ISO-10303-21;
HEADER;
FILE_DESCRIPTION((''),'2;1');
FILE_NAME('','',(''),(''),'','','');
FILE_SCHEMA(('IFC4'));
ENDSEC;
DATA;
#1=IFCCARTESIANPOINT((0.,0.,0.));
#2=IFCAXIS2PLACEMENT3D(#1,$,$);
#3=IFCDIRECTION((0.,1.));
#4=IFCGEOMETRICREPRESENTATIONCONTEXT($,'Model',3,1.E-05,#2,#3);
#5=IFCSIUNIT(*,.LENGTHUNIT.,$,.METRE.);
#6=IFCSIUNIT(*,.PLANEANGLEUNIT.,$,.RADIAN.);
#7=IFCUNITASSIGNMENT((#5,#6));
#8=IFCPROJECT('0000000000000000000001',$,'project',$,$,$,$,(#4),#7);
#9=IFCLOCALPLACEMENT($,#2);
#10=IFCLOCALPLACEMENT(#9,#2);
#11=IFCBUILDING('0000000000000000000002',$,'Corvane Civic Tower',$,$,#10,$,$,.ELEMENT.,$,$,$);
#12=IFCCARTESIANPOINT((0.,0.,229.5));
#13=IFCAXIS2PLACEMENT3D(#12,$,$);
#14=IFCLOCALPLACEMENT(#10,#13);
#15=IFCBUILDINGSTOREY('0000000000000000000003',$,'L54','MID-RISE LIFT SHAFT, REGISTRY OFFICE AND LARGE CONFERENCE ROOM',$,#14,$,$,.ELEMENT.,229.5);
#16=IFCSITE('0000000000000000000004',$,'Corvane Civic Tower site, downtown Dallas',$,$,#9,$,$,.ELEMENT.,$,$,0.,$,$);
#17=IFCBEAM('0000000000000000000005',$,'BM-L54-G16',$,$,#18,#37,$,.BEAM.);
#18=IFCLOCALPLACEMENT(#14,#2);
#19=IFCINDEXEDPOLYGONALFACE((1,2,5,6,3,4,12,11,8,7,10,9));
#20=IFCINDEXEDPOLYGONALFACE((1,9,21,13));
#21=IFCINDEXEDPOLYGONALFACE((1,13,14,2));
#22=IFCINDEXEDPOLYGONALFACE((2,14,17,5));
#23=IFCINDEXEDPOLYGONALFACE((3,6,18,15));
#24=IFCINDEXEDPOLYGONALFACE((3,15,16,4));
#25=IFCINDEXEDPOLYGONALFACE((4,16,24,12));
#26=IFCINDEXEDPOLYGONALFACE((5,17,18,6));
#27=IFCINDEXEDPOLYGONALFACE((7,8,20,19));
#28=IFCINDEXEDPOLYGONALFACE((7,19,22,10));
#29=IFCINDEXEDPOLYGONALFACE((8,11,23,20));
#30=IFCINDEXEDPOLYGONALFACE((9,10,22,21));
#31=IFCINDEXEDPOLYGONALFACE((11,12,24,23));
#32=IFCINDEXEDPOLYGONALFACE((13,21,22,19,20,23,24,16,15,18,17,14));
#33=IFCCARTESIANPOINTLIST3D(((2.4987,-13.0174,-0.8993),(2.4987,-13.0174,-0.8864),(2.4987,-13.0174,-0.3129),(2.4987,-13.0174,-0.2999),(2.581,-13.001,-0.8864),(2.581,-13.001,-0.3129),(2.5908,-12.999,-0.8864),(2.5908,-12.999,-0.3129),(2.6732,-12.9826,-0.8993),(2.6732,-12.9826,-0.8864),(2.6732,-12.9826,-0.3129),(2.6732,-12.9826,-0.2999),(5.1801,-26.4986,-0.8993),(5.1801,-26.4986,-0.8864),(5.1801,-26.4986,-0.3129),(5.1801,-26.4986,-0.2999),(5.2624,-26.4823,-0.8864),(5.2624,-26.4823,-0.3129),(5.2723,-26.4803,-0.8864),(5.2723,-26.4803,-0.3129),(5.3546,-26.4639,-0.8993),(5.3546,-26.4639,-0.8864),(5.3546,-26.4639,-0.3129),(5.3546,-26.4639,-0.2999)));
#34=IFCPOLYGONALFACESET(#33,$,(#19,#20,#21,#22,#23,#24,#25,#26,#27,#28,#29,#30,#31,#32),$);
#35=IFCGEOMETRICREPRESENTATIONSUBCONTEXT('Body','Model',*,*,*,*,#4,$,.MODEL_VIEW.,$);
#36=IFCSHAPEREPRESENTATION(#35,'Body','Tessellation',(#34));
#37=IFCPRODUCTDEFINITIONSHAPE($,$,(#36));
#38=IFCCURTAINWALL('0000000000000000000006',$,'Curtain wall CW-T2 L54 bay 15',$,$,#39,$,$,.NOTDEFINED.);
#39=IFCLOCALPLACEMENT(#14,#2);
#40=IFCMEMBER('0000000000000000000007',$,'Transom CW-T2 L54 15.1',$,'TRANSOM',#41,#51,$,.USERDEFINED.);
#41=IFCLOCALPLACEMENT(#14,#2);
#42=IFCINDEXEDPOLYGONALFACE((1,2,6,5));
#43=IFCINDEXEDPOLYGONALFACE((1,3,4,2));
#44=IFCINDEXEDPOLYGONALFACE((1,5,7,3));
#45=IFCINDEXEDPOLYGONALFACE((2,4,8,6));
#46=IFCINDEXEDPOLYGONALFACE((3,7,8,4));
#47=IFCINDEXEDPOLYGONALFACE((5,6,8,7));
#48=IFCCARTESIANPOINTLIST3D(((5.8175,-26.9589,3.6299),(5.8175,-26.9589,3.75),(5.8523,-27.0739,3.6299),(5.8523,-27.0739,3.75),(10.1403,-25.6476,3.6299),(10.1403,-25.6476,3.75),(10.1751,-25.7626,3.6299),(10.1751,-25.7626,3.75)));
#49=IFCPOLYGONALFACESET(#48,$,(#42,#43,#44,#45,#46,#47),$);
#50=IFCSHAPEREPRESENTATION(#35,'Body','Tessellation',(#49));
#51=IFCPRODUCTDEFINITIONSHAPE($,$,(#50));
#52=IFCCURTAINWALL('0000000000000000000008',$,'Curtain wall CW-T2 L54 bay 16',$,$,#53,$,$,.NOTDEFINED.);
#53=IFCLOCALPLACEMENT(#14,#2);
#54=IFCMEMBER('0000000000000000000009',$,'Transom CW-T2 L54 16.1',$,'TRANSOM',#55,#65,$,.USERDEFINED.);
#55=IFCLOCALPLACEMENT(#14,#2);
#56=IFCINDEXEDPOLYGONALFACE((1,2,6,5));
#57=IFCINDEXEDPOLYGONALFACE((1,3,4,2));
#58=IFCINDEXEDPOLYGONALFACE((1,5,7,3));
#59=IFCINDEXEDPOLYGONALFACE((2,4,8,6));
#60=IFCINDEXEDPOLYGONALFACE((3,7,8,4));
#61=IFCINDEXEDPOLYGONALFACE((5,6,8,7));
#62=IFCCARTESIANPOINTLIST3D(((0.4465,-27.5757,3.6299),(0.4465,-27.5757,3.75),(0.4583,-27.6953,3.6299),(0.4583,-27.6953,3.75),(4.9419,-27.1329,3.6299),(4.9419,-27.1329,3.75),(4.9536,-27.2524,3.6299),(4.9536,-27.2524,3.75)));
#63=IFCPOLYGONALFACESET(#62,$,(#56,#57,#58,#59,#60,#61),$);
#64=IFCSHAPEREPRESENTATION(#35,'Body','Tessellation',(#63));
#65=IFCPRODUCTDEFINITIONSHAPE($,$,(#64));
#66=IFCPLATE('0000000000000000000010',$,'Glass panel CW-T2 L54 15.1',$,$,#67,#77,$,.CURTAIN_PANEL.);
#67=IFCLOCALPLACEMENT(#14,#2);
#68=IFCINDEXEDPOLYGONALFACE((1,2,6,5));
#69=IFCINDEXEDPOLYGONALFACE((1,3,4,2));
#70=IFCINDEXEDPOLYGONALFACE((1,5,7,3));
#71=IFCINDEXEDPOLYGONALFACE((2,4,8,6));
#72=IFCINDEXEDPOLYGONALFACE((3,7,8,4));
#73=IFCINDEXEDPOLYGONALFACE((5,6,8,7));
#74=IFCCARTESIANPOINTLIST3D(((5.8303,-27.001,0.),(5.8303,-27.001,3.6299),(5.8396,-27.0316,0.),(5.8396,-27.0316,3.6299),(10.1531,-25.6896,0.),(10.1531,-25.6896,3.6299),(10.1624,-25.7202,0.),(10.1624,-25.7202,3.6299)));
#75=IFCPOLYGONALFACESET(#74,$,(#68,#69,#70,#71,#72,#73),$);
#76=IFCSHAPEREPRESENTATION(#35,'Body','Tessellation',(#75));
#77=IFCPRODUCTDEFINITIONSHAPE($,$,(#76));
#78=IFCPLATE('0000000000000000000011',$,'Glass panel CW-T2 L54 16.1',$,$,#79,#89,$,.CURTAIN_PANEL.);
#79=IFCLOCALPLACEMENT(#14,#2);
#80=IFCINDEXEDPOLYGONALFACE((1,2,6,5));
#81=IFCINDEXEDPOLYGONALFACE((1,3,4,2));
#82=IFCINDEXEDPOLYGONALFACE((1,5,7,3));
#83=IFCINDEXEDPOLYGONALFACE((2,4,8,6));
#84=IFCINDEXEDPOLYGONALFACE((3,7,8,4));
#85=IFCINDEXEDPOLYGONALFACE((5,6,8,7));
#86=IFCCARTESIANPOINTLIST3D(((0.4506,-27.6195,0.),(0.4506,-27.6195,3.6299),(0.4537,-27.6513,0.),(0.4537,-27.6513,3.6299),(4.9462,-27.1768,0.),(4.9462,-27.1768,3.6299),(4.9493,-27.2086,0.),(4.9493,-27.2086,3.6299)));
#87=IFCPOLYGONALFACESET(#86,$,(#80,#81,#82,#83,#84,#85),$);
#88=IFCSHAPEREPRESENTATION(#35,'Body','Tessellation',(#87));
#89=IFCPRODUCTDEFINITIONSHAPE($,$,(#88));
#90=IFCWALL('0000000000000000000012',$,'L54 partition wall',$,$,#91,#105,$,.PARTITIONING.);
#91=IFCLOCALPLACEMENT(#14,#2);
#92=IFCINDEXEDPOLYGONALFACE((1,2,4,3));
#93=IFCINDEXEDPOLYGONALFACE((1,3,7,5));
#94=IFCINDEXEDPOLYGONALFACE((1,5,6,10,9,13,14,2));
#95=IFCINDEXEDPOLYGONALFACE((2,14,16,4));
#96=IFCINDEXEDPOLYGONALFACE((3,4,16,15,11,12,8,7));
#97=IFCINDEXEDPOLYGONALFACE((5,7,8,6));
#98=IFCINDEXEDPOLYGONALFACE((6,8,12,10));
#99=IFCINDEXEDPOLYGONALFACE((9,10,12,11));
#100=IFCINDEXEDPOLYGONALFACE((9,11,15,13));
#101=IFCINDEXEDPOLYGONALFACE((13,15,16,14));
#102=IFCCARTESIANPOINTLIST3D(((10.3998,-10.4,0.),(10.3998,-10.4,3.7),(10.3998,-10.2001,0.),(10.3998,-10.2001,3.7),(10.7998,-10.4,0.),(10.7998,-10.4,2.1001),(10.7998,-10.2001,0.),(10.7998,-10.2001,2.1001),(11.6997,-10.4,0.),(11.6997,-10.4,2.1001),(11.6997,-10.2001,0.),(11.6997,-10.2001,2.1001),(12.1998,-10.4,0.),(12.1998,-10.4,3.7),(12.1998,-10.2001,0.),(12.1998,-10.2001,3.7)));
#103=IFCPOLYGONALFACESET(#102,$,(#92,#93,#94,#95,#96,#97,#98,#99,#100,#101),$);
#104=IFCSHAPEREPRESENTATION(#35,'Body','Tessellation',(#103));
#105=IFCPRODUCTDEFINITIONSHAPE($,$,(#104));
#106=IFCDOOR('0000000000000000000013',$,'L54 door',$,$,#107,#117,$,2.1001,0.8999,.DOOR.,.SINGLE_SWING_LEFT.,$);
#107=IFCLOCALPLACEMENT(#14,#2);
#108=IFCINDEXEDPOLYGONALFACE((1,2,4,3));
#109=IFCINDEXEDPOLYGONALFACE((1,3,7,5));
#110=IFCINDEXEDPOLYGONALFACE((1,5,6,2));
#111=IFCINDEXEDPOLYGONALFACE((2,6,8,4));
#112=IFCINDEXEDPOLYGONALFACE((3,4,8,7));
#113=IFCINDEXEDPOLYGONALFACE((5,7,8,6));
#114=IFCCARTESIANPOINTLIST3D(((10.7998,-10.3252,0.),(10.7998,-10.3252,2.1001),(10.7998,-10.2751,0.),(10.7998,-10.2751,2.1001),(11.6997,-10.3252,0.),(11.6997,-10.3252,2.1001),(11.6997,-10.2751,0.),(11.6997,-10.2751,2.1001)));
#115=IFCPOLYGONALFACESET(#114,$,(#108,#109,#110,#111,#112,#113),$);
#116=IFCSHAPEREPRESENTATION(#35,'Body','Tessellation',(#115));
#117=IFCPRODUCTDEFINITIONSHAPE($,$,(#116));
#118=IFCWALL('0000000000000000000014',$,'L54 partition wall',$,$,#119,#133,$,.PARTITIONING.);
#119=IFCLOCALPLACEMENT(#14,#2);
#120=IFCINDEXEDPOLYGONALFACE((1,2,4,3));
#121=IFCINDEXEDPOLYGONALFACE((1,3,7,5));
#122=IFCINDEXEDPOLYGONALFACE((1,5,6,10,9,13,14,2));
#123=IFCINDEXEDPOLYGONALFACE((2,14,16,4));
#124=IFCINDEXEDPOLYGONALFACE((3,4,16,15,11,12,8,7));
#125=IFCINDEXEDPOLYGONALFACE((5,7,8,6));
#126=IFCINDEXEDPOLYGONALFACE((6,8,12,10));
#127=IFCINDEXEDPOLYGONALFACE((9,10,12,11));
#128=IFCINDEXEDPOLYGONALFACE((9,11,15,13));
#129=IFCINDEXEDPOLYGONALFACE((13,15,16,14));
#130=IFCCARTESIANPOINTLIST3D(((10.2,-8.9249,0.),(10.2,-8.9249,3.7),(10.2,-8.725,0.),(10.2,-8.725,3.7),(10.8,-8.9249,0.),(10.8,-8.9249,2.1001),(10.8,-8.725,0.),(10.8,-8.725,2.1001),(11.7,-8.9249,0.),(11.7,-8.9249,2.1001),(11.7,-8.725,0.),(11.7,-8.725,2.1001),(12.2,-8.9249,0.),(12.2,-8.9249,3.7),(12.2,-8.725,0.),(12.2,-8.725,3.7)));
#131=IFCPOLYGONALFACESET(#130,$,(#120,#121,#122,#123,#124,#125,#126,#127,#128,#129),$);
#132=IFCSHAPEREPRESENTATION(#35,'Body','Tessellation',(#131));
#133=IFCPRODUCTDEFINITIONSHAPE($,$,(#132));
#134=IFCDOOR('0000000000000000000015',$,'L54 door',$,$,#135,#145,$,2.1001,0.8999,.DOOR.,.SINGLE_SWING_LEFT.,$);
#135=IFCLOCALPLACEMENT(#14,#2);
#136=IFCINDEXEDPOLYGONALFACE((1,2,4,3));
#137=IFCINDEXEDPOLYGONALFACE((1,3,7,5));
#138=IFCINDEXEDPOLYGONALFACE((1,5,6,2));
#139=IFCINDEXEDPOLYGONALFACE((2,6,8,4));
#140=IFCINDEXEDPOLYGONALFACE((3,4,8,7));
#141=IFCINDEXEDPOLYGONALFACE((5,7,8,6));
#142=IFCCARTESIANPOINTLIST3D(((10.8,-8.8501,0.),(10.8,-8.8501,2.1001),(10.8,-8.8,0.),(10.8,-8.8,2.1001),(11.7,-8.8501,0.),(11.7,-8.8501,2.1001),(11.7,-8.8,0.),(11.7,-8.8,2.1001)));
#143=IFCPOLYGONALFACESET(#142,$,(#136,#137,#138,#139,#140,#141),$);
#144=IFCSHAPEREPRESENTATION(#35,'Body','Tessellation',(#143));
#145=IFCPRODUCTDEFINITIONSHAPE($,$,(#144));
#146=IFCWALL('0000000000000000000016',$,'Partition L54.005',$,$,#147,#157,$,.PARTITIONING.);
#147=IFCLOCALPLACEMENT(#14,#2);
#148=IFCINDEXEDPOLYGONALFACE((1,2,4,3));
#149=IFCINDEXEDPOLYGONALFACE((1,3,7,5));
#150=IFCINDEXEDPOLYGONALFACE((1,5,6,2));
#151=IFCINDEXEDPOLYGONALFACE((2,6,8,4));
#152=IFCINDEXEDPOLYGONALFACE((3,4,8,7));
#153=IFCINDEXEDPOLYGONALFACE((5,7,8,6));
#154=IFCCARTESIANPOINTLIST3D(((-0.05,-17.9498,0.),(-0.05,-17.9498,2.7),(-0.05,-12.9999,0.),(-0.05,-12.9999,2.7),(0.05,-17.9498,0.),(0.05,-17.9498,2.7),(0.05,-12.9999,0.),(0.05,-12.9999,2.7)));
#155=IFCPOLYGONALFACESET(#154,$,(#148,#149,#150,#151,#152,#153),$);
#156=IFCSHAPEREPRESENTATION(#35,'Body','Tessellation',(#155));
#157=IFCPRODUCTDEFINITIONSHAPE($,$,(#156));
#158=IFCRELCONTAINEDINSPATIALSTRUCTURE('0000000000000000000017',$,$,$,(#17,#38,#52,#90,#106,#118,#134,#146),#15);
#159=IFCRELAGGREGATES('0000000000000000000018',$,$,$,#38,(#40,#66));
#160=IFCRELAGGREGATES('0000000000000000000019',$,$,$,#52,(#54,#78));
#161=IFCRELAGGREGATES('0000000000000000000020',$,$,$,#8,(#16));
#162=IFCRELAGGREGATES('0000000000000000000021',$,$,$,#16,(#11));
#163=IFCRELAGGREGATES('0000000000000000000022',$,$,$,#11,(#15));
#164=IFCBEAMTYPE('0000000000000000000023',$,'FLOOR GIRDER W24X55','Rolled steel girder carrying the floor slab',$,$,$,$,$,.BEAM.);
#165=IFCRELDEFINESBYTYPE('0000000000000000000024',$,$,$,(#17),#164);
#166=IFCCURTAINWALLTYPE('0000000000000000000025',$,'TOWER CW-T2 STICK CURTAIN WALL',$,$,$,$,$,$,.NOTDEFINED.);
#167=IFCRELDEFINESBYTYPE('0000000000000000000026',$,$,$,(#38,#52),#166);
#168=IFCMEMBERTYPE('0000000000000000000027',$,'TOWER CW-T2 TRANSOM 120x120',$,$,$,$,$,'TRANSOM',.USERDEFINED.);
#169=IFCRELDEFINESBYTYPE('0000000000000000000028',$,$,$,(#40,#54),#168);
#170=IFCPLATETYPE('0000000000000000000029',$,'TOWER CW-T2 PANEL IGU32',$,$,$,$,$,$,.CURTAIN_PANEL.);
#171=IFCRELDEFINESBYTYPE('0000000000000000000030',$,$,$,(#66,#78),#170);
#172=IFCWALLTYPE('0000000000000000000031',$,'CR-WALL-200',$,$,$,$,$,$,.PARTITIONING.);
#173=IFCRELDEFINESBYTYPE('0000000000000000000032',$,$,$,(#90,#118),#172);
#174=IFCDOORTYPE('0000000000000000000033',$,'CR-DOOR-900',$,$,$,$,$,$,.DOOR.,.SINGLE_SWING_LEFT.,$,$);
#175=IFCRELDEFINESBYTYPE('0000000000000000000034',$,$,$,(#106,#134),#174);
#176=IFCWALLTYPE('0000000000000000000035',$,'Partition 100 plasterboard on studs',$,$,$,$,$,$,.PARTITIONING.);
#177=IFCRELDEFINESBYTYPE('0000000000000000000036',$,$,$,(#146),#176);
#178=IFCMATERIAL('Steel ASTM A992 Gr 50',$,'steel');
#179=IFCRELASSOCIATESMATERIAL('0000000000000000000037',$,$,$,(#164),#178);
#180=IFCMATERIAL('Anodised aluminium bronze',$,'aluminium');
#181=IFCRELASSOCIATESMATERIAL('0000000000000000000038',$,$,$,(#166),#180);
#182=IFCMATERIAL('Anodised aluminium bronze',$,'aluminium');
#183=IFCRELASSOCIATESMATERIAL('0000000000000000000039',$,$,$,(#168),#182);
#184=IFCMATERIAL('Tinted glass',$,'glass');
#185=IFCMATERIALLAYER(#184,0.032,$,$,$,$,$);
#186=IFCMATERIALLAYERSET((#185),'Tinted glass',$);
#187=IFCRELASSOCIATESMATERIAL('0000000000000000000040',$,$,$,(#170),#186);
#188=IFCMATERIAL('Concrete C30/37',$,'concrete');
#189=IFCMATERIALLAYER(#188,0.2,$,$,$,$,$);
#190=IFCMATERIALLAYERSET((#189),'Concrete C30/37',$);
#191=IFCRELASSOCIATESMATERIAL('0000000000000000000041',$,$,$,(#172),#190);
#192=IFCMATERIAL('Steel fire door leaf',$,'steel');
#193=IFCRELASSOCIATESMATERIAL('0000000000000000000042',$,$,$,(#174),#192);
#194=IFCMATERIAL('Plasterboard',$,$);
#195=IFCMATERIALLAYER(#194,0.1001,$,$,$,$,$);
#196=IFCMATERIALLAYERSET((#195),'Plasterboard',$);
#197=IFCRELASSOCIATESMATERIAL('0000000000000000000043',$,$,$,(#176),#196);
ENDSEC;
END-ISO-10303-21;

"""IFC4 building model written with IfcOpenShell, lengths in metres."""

from ifc_helpers import new_model, si_unit, direction, frame, frame_2d, origin, origin_2d, place, context, subcontext, project, spatial, rectangle, i_section, extrude, material, layer, layer_set, material_profile, profile_set, type_object, element, fill, aggregate, save


model = new_model("IFC4")

# Units and contexts
model_context = context("Model", 3, precision=1e-05, world=origin(), true_north=direction((0.0, 1.0)))
body_context = subcontext(model_context, "Body", "Model", "MODEL_VIEW")
ifc_project = project(units=[si_unit("LENGTHUNIT", "METRE"), si_unit("PLANEANGLEUNIT", "RADIAN")], contexts=[model_context])

# Site, building, storey
site_placement = place(None, origin())
site = spatial("IfcSite", under=ifc_project, at=site_placement, Name="Corvane Civic Tower site, downtown Dallas", CompositionType="ELEMENT", RefElevation=0.0)
building_placement = place(site_placement, origin())
building = spatial("IfcBuilding", under=site, at=building_placement, Name="Corvane Civic Tower", CompositionType="ELEMENT")
storey_placement = place(building_placement, frame((0.0, 0.0, 229.5)))
storey = spatial("IfcBuildingStorey", under=building, at=storey_placement, Name="L54", Description="MID-RISE LIFT SHAFT, REGISTRY OFFICE AND LARGE CONFERENCE ROOM", CompositionType="ELEMENT", Elevation=229.5)

# Beam
ifc_material_1 = material(Name="Steel ASTM A992 Gr 50", Category="steel")
ifc_material_profile_1 = material_profile(ifc_material_1, i_section(OverallWidth=0.178, OverallDepth=0.5994, WebThickness=0.01, FlangeThickness=0.0129, at=origin_2d()), Name="W24X55")
ifc_profile_set_1 = profile_set([ifc_material_profile_1], Name="Steel ASTM A992 Gr 50")
beam_type_1 = type_object("IfcBeamType", Name="FLOOR GIRDER W24X55", Description="Rolled steel girder carrying the floor slab", PredefinedType="BEAM", material=ifc_profile_set_1)
beam_1_placement = place(storey_placement, frame((2.5859, -13.0, -0.5996), z_axis=(0.195078, -0.980788, 0.0), x_axis=(0.980788, 0.195078, 0.0)))
element("IfcBeam", 1, at=beam_1_placement, inside=storey, type_object=beam_type_1, Name="BM-L54-G16", PredefinedType="BEAM", context=body_context, shape_type="SweptSolid", body=[
    extrude(i_section(OverallWidth=0.178, OverallDepth=0.5994, WebThickness=0.01, FlangeThickness=0.0129, at=origin_2d()), origin(), (0.0, 0.0, 1.0), 13.7454),
])

# Curtain walls, members
ifc_material_2 = material(Name="Anodised aluminium bronze", Category="aluminium")
curtain_wall_type = type_object("IfcCurtainWallType", Name="TOWER CW-T2 STICK CURTAIN WALL", PredefinedType="NOTDEFINED", material=ifc_material_2)
curtain_wall_1_placement = place(storey_placement, origin())
curtain_wall_1 = element("IfcCurtainWall", 2, at=curtain_wall_1_placement, inside=storey, type_object=curtain_wall_type, Name="Curtain wall CW-T2 L54 bay 15", PredefinedType="NOTDEFINED")
ifc_material_3 = material(Name="Anodised aluminium bronze", Category="aluminium")
ifc_material_profile_2 = material_profile(ifc_material_3, rectangle(XDim=0.1201, YDim=0.1201, at=origin_2d()), Name="TOWER CW-T2 TRANSOM 120x120")
ifc_profile_set_2 = profile_set([ifc_material_profile_2], Name="Anodised aluminium bronze")
member_type = type_object("IfcMemberType", Name="TOWER CW-T2 TRANSOM 120x120", ElementType="TRANSOM", PredefinedType="USERDEFINED", material=ifc_profile_set_2)
member_1_placement = place(storey_placement, frame((10.1577, -25.7051, 3.6899), z_axis=(-0.956941, -0.290282, 0.0), x_axis=(0.290282, -0.956941, 0.0)))
member_1 = element("IfcMember", 3, at=member_1_placement, type_object=member_type, Name="Transom CW-T2 L54 15.1", ObjectType="TRANSOM", PredefinedType="USERDEFINED", context=body_context, shape_type="SweptSolid", body=[
    extrude(rectangle(XDim=0.1201, YDim=0.1201, at=origin_2d()), origin(), (0.0, 0.0, 1.0), 4.5173),
])
curtain_wall_2_placement = place(storey_placement, origin())
curtain_wall_2 = element("IfcCurtainWall", 4, at=curtain_wall_2_placement, inside=storey, type_object=curtain_wall_type, Name="Curtain wall CW-T2 L54 bay 16", PredefinedType="NOTDEFINED")
member_2_placement = place(storey_placement, frame((4.9478, -27.1926, 3.6899), z_axis=(-0.995182, -0.098043, 0.0), x_axis=(0.098043, -0.995182, 0.0)))
member_2 = element("IfcMember", 5, at=member_2_placement, type_object=member_type, Name="Transom CW-T2 L54 16.1", ObjectType="TRANSOM", PredefinedType="USERDEFINED", context=body_context, shape_type="SweptSolid", body=[
    extrude(rectangle(XDim=0.1201, YDim=0.1201, at=origin_2d()), origin(), (0.0, 0.0, 1.0), 4.5171),
])

# Plates
ifc_material_4 = material(Name="Tinted glass", Category="glass")
ifc_layer_1 = layer(ifc_material_4, 0.032)
ifc_layer_set_1 = layer_set([ifc_layer_1], Name="Tinted glass")
plate_type = type_object("IfcPlateType", Name="TOWER CW-T2 PANEL IGU32", PredefinedType="CURTAIN_PANEL", material=ifc_layer_set_1)
plate_1_placement = place(storey_placement, frame((7.9963, -26.3606, 0.0), z_axis=(0.0, 0.0, 1.0), x_axis=(-0.956939, -0.29029, 0.0)))
plate_1 = element("IfcPlate", 6, at=plate_1_placement, type_object=plate_type, Name="Glass panel CW-T2 L54 15.1", PredefinedType="CURTAIN_PANEL", context=body_context, shape_type="SweptSolid", body=[
    extrude(rectangle(XDim=4.5173, YDim=0.032, at=origin_2d()), origin(), (0.0, 0.0, 1.0), 3.6299),
])
aggregate(curtain_wall_1, [member_1, plate_1])
plate_2_placement = place(storey_placement, frame((2.7, -27.4141, 0.0), z_axis=(0.0, 0.0, 1.0), x_axis=(-0.995187, -0.097993, 0.0)))
plate_2 = element("IfcPlate", 7, at=plate_2_placement, type_object=plate_type, Name="Glass panel CW-T2 L54 16.1", PredefinedType="CURTAIN_PANEL", context=body_context, shape_type="SweptSolid", body=[
    extrude(rectangle(XDim=4.5173, YDim=0.032, at=origin_2d()), origin(), (0.0, 0.0, 1.0), 3.6299),
])
aggregate(curtain_wall_2, [member_2, plate_2])

# Walls, openings, doors
ifc_material_5 = material(Name="Concrete C30/37", Category="concrete")
ifc_layer_2 = layer(ifc_material_5, 0.2)
ifc_layer_set_2 = layer_set([ifc_layer_2], Name="Concrete C30/37")
wall_type_1 = type_object("IfcWallType", Name="CR-WALL-200", PredefinedType="PARTITIONING", material=ifc_layer_set_2)
wall_1_placement = place(storey_placement, frame((10.3999, -10.3, 0.0), z_axis=(0.0, 0.0, 1.0), x_axis=(1.0, 0.0, 0.0)))
wall_1 = element("IfcWall", 8, at=wall_1_placement, inside=storey, type_object=wall_type_1, Name="L54 partition wall", PredefinedType="PARTITIONING", context=body_context, shape_type="SweptSolid", body=[
    extrude(rectangle(XDim=1.8, YDim=0.2, at=frame_2d((0.8999, 0.0))), origin(), (0.0, 0.0, 1.0), 3.7),
])
opening_1_placement = place(wall_1_placement, frame((0.3999, 0.0, 0.0)))
opening_1 = element("IfcOpeningElement", 9, at=opening_1_placement, cuts=wall_1, PredefinedType="OPENING", context=body_context, shape_type="SweptSolid", body=[
    extrude(rectangle(XDim=0.8999, YDim=2.1001, at=frame_2d((0.45, 1.05))), frame((0.0, 0.1099, 0.0), z_axis=(0.0, -1.0, 0.0), x_axis=(1.0, 0.0, 0.0)), (0.0, 0.0, 1.0), 0.22),
])
ifc_material_6 = material(Name="Steel fire door leaf", Category="steel")
door_type = type_object("IfcDoorType", Name="CR-DOOR-900", OperationType="SINGLE_SWING_LEFT", PredefinedType="DOOR", material=ifc_material_6)
door_1_placement = place(opening_1_placement, origin())
door_1 = element("IfcDoor", 10, at=door_1_placement, inside=storey, type_object=door_type, Name="L54 door", OperationType="SINGLE_SWING_LEFT", OverallHeight=2.1001, OverallWidth=0.8999, PredefinedType="DOOR", context=body_context, shape_type="SweptSolid", body=[
    extrude(rectangle(XDim=0.8999, YDim=2.1001, at=frame_2d((0.45, 1.05))), frame((0.0, 0.0249, 0.0), z_axis=(0.0, -1.0, 0.0), x_axis=(1.0, 0.0, 0.0)), (0.0, 0.0, 1.0), 0.05),
])
fill(opening_1, door_1)
wall_2_placement = place(storey_placement, frame((10.2, -8.825, 0.0), z_axis=(0.0, 0.0, 1.0), x_axis=(1.0, 0.0, 0.0)))
wall_2 = element("IfcWall", 11, at=wall_2_placement, inside=storey, type_object=wall_type_1, Name="L54 partition wall", PredefinedType="PARTITIONING", context=body_context, shape_type="SweptSolid", body=[
    extrude(rectangle(XDim=2.0, YDim=0.2, at=frame_2d((1.0, 0.0))), origin(), (0.0, 0.0, 1.0), 3.7),
])
opening_2_placement = place(wall_2_placement, frame((0.6001, 0.0, 0.0)))
opening_2 = element("IfcOpeningElement", 12, at=opening_2_placement, cuts=wall_2, PredefinedType="OPENING", context=body_context, shape_type="SweptSolid", body=[
    extrude(rectangle(XDim=0.8999, YDim=2.1001, at=frame_2d((0.45, 1.05))), frame((0.0, 0.1099, 0.0), z_axis=(0.0, -1.0, 0.0), x_axis=(1.0, 0.0, 0.0)), (0.0, 0.0, 1.0), 0.22),
])
door_2_placement = place(opening_2_placement, origin())
door_2 = element("IfcDoor", 13, at=door_2_placement, inside=storey, type_object=door_type, Name="L54 door", OperationType="SINGLE_SWING_LEFT", OverallHeight=2.1001, OverallWidth=0.8999, PredefinedType="DOOR", context=body_context, shape_type="SweptSolid", body=[
    extrude(rectangle(XDim=0.8999, YDim=2.1001, at=frame_2d((0.45, 1.05))), frame((0.0, 0.0249, 0.0), z_axis=(0.0, -1.0, 0.0), x_axis=(1.0, 0.0, 0.0)), (0.0, 0.0, 1.0), 0.05),
])
fill(opening_2, door_2)

# Wall
ifc_material_7 = material(Name="Plasterboard")
ifc_layer_3 = layer(ifc_material_7, 0.1001)
ifc_layer_set_3 = layer_set([ifc_layer_3], Name="Plasterboard")
wall_type_2 = type_object("IfcWallType", Name="Partition 100 plasterboard on studs", PredefinedType="PARTITIONING", material=ifc_layer_set_3)
wall_3_placement = place(storey_placement, frame((0.0, -17.95, 0.0), z_axis=(0.0, 0.0, 1.0), x_axis=(0.0, 1.0, 0.0)))
element("IfcWall", 14, at=wall_3_placement, inside=storey, type_object=wall_type_2, Name="Partition L54.005", PredefinedType="PARTITIONING", context=body_context, shape_type="SweptSolid", body=[
    extrude(rectangle(XDim=4.95, YDim=0.1001, at=frame_2d((2.4751, 0.0))), origin(), (0.0, 0.0, 1.0), 2.7),
])

save(model, "model.ifc")
